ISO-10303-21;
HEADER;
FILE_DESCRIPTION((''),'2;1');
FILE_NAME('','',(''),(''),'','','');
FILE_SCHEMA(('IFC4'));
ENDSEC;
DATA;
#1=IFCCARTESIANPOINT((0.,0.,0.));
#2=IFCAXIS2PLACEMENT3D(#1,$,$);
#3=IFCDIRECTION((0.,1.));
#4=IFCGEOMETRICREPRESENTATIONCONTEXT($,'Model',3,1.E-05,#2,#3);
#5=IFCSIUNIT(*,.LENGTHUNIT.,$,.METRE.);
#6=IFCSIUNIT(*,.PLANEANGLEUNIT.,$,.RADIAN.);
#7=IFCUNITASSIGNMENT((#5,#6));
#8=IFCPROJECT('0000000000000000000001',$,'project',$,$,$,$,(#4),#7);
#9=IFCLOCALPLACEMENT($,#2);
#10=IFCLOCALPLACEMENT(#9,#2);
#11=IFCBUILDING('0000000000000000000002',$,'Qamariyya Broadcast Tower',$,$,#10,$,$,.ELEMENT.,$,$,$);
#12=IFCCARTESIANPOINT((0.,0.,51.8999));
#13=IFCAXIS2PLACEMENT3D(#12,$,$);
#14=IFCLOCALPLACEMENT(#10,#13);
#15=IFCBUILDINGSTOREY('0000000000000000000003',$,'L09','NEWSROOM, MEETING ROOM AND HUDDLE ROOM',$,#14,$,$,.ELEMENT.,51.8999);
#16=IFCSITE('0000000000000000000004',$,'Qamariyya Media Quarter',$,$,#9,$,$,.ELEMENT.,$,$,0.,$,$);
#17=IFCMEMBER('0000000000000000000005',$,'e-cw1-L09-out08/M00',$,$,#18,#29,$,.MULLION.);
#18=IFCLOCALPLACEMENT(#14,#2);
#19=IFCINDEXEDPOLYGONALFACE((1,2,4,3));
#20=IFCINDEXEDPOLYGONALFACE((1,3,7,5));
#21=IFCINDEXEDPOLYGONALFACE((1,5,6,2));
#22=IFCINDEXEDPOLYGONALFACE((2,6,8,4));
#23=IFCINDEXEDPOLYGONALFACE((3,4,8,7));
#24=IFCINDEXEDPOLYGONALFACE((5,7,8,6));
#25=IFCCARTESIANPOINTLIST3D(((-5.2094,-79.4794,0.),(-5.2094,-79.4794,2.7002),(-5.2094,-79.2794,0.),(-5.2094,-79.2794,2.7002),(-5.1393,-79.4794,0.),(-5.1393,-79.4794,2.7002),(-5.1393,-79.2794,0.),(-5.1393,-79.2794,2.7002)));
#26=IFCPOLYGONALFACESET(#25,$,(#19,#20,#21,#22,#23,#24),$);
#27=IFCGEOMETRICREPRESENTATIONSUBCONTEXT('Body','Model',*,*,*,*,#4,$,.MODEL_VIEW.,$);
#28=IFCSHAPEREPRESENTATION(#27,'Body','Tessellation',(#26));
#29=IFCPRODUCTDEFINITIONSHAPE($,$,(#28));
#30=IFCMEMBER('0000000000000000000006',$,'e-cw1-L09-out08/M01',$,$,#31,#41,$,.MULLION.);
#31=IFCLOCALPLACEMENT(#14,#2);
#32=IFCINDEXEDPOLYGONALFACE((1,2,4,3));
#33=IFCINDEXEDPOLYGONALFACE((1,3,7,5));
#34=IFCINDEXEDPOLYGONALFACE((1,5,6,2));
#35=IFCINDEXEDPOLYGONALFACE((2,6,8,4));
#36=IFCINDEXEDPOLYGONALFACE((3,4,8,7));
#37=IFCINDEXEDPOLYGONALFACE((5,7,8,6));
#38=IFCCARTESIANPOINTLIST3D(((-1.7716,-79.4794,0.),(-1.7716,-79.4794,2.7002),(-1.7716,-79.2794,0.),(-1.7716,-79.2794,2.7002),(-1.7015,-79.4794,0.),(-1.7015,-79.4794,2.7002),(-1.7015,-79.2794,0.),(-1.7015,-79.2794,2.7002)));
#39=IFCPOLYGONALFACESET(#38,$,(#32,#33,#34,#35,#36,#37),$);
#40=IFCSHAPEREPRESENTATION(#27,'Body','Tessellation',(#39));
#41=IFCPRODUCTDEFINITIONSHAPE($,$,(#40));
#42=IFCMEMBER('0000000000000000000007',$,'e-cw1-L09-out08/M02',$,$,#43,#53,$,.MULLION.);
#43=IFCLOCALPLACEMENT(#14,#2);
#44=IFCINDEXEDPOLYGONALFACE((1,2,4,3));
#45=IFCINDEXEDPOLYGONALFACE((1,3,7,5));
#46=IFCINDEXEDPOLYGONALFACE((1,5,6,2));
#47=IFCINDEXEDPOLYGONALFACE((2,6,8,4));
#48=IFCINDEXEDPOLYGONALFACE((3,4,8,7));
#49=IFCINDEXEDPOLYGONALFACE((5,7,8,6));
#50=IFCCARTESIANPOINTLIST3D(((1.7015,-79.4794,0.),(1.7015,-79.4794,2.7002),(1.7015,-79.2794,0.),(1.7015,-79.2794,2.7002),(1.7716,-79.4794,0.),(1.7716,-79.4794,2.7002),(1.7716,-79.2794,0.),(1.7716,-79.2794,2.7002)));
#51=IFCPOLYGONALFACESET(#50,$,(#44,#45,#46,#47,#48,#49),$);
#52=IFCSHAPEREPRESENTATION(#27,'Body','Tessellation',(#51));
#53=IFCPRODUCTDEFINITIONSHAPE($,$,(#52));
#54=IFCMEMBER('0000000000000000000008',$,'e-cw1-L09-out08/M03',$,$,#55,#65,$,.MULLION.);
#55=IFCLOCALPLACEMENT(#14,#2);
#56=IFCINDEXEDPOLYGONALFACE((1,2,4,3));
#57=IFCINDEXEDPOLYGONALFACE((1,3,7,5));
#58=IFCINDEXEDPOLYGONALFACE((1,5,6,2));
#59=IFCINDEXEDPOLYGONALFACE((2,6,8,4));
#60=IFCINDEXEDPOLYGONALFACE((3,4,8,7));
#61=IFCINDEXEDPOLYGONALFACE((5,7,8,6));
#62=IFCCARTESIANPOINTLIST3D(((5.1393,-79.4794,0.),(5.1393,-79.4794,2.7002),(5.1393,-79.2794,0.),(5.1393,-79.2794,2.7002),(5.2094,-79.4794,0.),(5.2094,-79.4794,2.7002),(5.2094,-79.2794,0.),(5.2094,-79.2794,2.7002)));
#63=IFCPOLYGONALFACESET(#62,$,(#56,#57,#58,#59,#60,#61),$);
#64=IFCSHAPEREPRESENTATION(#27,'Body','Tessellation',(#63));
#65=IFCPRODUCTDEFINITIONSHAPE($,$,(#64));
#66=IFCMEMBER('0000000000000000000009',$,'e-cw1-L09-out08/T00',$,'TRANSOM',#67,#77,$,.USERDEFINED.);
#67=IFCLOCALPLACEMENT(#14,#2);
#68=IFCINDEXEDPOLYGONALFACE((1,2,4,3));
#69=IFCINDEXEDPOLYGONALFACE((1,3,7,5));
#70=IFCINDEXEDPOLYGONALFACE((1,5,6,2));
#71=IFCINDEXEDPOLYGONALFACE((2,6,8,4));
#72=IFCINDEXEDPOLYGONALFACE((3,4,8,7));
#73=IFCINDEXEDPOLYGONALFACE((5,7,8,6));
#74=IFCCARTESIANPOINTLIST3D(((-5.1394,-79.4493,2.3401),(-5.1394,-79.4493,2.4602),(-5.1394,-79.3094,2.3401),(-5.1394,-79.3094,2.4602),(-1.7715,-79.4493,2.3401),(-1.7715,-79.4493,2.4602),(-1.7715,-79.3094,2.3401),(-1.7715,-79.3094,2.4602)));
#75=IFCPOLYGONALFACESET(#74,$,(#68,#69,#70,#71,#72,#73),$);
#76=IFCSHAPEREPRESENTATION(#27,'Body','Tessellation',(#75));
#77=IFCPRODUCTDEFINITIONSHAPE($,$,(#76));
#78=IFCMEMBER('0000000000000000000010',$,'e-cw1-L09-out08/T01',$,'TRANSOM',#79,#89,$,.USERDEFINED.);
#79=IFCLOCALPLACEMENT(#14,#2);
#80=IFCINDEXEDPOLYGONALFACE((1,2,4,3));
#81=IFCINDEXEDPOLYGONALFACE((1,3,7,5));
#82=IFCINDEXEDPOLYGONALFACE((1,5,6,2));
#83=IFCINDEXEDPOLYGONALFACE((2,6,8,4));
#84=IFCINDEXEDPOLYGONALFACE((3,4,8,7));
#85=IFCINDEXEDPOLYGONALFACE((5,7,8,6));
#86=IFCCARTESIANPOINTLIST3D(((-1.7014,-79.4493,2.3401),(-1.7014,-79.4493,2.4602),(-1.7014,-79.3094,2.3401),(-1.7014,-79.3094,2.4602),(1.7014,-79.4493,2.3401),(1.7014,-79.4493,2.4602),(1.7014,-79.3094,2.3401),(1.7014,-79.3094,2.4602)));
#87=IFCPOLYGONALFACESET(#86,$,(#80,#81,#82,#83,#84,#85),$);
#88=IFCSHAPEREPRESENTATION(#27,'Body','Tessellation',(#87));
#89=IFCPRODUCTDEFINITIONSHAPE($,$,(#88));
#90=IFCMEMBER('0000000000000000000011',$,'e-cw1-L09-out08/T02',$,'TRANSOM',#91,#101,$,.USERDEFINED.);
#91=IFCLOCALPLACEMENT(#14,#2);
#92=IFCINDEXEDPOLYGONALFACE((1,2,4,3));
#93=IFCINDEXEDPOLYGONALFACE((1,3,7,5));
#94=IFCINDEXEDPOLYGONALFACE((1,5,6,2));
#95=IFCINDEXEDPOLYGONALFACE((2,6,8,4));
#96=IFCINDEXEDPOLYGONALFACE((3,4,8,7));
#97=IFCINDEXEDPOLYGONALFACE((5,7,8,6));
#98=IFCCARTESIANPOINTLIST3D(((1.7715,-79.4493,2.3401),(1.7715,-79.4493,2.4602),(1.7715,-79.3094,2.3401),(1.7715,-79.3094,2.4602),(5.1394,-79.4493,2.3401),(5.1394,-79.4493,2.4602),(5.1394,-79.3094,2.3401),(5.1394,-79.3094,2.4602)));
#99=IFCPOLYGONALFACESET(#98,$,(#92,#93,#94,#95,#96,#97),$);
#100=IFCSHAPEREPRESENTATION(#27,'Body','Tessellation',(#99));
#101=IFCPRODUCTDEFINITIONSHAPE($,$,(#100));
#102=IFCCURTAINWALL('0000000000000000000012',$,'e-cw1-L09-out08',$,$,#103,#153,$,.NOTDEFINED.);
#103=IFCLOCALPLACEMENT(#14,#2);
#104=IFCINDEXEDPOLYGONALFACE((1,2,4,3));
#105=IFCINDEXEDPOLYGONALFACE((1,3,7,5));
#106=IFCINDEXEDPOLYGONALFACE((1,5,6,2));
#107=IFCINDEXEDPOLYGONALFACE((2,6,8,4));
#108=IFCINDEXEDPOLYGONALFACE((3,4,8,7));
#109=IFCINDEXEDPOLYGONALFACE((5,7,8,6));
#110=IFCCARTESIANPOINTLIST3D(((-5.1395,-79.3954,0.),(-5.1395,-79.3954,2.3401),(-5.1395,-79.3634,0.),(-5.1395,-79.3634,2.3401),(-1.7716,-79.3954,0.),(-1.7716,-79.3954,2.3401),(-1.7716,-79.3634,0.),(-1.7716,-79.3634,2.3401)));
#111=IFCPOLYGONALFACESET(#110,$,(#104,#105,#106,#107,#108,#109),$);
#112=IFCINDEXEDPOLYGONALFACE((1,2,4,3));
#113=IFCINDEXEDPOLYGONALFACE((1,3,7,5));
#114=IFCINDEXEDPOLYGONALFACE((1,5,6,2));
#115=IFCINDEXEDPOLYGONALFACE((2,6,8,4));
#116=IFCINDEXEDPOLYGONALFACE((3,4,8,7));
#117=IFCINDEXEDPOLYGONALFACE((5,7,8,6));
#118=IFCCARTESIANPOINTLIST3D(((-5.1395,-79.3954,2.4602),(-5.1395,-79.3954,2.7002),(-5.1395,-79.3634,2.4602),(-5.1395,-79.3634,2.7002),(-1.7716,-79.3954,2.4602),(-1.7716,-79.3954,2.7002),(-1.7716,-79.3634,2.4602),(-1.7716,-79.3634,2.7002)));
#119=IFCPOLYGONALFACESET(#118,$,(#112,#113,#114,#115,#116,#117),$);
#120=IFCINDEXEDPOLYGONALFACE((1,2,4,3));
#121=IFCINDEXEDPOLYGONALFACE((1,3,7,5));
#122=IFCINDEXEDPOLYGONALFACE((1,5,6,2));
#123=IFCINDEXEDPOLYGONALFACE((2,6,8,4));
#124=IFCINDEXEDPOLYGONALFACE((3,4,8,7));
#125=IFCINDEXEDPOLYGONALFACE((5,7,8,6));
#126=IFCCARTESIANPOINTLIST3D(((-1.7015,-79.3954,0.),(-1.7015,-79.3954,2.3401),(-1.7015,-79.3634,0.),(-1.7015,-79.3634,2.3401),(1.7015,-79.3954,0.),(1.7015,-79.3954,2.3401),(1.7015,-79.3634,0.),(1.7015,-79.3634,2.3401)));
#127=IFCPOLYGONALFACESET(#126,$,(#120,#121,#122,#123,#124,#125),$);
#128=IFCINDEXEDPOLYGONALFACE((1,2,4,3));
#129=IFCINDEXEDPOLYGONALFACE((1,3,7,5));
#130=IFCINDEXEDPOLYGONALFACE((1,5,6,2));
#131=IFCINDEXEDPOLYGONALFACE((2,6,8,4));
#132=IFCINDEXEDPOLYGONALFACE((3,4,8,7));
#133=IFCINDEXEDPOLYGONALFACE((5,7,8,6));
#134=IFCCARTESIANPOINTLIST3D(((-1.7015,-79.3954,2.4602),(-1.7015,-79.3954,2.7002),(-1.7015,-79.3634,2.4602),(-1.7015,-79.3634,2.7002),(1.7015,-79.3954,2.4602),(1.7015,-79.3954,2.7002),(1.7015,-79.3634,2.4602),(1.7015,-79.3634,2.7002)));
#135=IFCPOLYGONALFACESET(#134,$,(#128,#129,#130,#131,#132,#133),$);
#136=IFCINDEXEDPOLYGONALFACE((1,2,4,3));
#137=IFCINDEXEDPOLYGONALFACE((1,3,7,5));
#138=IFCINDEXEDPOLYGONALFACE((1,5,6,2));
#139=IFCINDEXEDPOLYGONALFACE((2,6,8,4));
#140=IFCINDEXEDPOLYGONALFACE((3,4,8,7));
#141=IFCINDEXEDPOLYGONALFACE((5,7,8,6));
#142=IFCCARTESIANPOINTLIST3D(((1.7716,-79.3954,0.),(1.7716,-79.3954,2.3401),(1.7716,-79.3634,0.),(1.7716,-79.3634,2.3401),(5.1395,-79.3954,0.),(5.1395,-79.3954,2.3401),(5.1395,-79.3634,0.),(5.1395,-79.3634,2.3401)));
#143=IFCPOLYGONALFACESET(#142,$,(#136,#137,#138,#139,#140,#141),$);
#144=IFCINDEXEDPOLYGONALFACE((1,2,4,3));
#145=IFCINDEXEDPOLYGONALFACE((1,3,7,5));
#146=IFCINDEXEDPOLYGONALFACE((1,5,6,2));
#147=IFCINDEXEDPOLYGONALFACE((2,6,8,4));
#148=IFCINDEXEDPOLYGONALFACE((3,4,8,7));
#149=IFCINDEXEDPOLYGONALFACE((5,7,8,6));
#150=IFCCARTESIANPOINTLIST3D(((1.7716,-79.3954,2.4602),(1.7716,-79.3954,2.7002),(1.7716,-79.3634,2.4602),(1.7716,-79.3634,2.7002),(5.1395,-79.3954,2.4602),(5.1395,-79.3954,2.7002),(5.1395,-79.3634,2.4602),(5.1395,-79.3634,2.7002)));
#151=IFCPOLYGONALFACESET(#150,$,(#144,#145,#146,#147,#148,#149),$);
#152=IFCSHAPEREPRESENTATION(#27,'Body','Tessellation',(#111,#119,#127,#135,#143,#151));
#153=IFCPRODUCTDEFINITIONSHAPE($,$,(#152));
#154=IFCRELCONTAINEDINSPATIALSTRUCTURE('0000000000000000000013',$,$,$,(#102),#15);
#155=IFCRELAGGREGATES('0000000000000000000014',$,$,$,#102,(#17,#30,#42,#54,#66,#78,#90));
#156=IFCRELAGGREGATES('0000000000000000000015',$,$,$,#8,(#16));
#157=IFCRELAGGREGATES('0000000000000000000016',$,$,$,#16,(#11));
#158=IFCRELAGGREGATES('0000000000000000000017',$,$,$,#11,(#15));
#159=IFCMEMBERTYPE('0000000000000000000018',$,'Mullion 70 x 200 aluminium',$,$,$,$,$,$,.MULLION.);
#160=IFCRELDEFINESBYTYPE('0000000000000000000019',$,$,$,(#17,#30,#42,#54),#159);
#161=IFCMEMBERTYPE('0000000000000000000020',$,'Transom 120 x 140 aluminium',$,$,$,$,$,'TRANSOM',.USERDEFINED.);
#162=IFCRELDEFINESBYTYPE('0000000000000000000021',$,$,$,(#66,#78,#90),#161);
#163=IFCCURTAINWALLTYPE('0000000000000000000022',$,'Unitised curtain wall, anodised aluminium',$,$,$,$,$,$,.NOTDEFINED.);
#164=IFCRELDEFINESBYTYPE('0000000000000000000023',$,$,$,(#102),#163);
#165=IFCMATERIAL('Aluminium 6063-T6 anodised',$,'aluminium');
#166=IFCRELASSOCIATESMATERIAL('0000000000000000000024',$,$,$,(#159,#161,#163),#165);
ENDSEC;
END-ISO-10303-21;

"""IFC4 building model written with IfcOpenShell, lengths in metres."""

from ifc_helpers import new_model, si_unit, direction, frame, origin, origin_2d, place, context, subcontext, project, spatial, rectangle, extrude, material, material_profile, profile_set, type_object, element, aggregate, save


model = new_model("IFC4")

# Units and contexts
model_context = context("Model", 3, precision=1e-05, world=origin(), true_north=direction((0.0, 1.0)))
body_context = subcontext(model_context, "Body", "Model", "MODEL_VIEW")
ifc_project = project(units=[si_unit("LENGTHUNIT", "METRE"), si_unit("PLANEANGLEUNIT", "RADIAN")], contexts=[model_context])

# Members
ifc_material = material(Name="Aluminium 6063-T6 anodised", Category="aluminium")
ifc_material_profile_1 = material_profile(ifc_material, rectangle(XDim=0.2, YDim=0.0701, at=origin_2d()))
ifc_profile_set_1 = profile_set([ifc_material_profile_1], Name="Aluminium 6063-T6 anodised")
member_type_1 = type_object("IfcMemberType", Name="Mullion 70 x 200 aluminium", PredefinedType="MULLION", material=ifc_profile_set_1)
site_placement = place(None, origin())
building_placement = place(site_placement, origin())
storey_placement = place(building_placement, frame((0.0, 0.0, 51.8999)))
member_1_placement = place(storey_placement, frame((-5.1743, -79.3794, 0.0), z_axis=(0.0, 0.0, 1.0), x_axis=(0.0, 1.0, 0.0)))
member_1 = element("IfcMember", 1, at=member_1_placement, type_object=member_type_1, Name="e-cw1-L09-out08/M00", PredefinedType="MULLION", context=body_context, shape_type="SweptSolid", body=[
    extrude(rectangle(XDim=0.2, YDim=0.0701, at=origin_2d()), origin(), (0.0, 0.0, 1.0), 2.7002),
])
member_2_placement = place(storey_placement, frame((-1.7366, -79.3794, 0.0), z_axis=(0.0, 0.0, 1.0), x_axis=(0.0, 1.0, 0.0)))
member_2 = element("IfcMember", 2, at=member_2_placement, type_object=member_type_1, Name="e-cw1-L09-out08/M01", PredefinedType="MULLION", context=body_context, shape_type="SweptSolid", body=[
    extrude(rectangle(XDim=0.2, YDim=0.0701, at=origin_2d()), origin(), (0.0, 0.0, 1.0), 2.7002),
])
member_3_placement = place(storey_placement, frame((1.7366, -79.3794, 0.0), z_axis=(0.0, 0.0, 1.0), x_axis=(0.0, 1.0, 0.0)))
member_3 = element("IfcMember", 3, at=member_3_placement, type_object=member_type_1, Name="e-cw1-L09-out08/M02", PredefinedType="MULLION", context=body_context, shape_type="SweptSolid", body=[
    extrude(rectangle(XDim=0.2, YDim=0.0701, at=origin_2d()), origin(), (0.0, 0.0, 1.0), 2.7002),
])
member_4_placement = place(storey_placement, frame((5.1743, -79.3794, 0.0), z_axis=(0.0, 0.0, 1.0), x_axis=(0.0, 1.0, 0.0)))
member_4 = element("IfcMember", 4, at=member_4_placement, type_object=member_type_1, Name="e-cw1-L09-out08/M03", PredefinedType="MULLION", context=body_context, shape_type="SweptSolid", body=[
    extrude(rectangle(XDim=0.2, YDim=0.0701, at=origin_2d()), origin(), (0.0, 0.0, 1.0), 2.7002),
])
ifc_material_profile_2 = material_profile(ifc_material, rectangle(XDim=0.1399, YDim=0.1201, at=origin_2d()))
ifc_profile_set_2 = profile_set([ifc_material_profile_2], Name="Aluminium 6063-T6 anodised")
member_type_2 = type_object("IfcMemberType", Name="Transom 120 x 140 aluminium", ElementType="TRANSOM", PredefinedType="USERDEFINED", material=ifc_profile_set_2)
member_5_placement = place(storey_placement, frame((-5.1394, -79.3794, 2.4001), z_axis=(1.0, 0.0, 0.0), x_axis=(0.0, 1.0, 0.0)))
member_5 = element("IfcMember", 5, at=member_5_placement, type_object=member_type_2, Name="e-cw1-L09-out08/T00", ObjectType="TRANSOM", PredefinedType="USERDEFINED", context=body_context, shape_type="SweptSolid", body=[
    extrude(rectangle(XDim=0.1399, YDim=0.1201, at=origin_2d()), origin(), (0.0, 0.0, 1.0), 3.3679),
])
member_6_placement = place(storey_placement, frame((-1.7014, -79.3794, 2.4001), z_axis=(1.0, 0.0, 0.0), x_axis=(0.0, 1.0, 0.0)))
member_6 = element("IfcMember", 6, at=member_6_placement, type_object=member_type_2, Name="e-cw1-L09-out08/T01", ObjectType="TRANSOM", PredefinedType="USERDEFINED", context=body_context, shape_type="SweptSolid", body=[
    extrude(rectangle(XDim=0.1399, YDim=0.1201, at=origin_2d()), origin(), (0.0, 0.0, 1.0), 3.4028),
])
member_7_placement = place(storey_placement, frame((1.7715, -79.3794, 2.4001), z_axis=(1.0, 0.0, 0.0), x_axis=(0.0, 1.0, 0.0)))
member_7 = element("IfcMember", 7, at=member_7_placement, type_object=member_type_2, Name="e-cw1-L09-out08/T02", ObjectType="TRANSOM", PredefinedType="USERDEFINED", context=body_context, shape_type="SweptSolid", body=[
    extrude(rectangle(XDim=0.1399, YDim=0.1201, at=origin_2d()), origin(), (0.0, 0.0, 1.0), 3.3679),
])

# Site, building, storey
site = spatial("IfcSite", under=ifc_project, at=site_placement, Name="Qamariyya Media Quarter", CompositionType="ELEMENT", RefElevation=0.0)
building = spatial("IfcBuilding", under=site, at=building_placement, Name="Qamariyya Broadcast Tower", CompositionType="ELEMENT")
storey = spatial("IfcBuildingStorey", under=building, at=storey_placement, Name="L09", Description="NEWSROOM, MEETING ROOM AND HUDDLE ROOM", CompositionType="ELEMENT", Elevation=51.8999)

# Curtain wall
curtain_wall_type = type_object("IfcCurtainWallType", Name="Unitised curtain wall, anodised aluminium", PredefinedType="NOTDEFINED", material=ifc_material)
curtain_wall_1_placement = place(storey_placement, origin())
curtain_wall_1 = element("IfcCurtainWall", 8, at=curtain_wall_1_placement, inside=storey, type_object=curtain_wall_type, Name="e-cw1-L09-out08", PredefinedType="NOTDEFINED", context=body_context, shape_type="SweptSolid", body=[
    extrude(rectangle(XDim=3.3679, YDim=0.032, at=origin_2d()), frame((-3.4556, -79.3794, 0.0), x_axis=(1.0, 0.0, 0.0)), (0.0, 0.0, 1.0), 2.3401),
    extrude(rectangle(XDim=3.3679, YDim=0.032, at=origin_2d()), frame((-3.4556, -79.3794, 2.4602), x_axis=(1.0, 0.0, 0.0)), (0.0, 0.0, 1.0), 0.24),
    extrude(rectangle(XDim=3.4031, YDim=0.032, at=origin_2d()), frame((0.0, -79.3794, 0.0), x_axis=(1.0, 0.0, 0.0)), (0.0, 0.0, 1.0), 2.3401),
    extrude(rectangle(XDim=3.4031, YDim=0.032, at=origin_2d()), frame((0.0, -79.3794, 2.4602), x_axis=(1.0, 0.0, 0.0)), (0.0, 0.0, 1.0), 0.24),
    extrude(rectangle(XDim=3.3679, YDim=0.032, at=origin_2d()), frame((3.4556, -79.3794, 0.0), x_axis=(1.0, 0.0, 0.0)), (0.0, 0.0, 1.0), 2.3401),
    extrude(rectangle(XDim=3.3679, YDim=0.032, at=origin_2d()), frame((3.4556, -79.3794, 2.4602), x_axis=(1.0, 0.0, 0.0)), (0.0, 0.0, 1.0), 0.24),
])
aggregate(curtain_wall_1, [member_1, member_2, member_3, member_4, member_5, member_6, member_7])

save(model, "model.ifc")
